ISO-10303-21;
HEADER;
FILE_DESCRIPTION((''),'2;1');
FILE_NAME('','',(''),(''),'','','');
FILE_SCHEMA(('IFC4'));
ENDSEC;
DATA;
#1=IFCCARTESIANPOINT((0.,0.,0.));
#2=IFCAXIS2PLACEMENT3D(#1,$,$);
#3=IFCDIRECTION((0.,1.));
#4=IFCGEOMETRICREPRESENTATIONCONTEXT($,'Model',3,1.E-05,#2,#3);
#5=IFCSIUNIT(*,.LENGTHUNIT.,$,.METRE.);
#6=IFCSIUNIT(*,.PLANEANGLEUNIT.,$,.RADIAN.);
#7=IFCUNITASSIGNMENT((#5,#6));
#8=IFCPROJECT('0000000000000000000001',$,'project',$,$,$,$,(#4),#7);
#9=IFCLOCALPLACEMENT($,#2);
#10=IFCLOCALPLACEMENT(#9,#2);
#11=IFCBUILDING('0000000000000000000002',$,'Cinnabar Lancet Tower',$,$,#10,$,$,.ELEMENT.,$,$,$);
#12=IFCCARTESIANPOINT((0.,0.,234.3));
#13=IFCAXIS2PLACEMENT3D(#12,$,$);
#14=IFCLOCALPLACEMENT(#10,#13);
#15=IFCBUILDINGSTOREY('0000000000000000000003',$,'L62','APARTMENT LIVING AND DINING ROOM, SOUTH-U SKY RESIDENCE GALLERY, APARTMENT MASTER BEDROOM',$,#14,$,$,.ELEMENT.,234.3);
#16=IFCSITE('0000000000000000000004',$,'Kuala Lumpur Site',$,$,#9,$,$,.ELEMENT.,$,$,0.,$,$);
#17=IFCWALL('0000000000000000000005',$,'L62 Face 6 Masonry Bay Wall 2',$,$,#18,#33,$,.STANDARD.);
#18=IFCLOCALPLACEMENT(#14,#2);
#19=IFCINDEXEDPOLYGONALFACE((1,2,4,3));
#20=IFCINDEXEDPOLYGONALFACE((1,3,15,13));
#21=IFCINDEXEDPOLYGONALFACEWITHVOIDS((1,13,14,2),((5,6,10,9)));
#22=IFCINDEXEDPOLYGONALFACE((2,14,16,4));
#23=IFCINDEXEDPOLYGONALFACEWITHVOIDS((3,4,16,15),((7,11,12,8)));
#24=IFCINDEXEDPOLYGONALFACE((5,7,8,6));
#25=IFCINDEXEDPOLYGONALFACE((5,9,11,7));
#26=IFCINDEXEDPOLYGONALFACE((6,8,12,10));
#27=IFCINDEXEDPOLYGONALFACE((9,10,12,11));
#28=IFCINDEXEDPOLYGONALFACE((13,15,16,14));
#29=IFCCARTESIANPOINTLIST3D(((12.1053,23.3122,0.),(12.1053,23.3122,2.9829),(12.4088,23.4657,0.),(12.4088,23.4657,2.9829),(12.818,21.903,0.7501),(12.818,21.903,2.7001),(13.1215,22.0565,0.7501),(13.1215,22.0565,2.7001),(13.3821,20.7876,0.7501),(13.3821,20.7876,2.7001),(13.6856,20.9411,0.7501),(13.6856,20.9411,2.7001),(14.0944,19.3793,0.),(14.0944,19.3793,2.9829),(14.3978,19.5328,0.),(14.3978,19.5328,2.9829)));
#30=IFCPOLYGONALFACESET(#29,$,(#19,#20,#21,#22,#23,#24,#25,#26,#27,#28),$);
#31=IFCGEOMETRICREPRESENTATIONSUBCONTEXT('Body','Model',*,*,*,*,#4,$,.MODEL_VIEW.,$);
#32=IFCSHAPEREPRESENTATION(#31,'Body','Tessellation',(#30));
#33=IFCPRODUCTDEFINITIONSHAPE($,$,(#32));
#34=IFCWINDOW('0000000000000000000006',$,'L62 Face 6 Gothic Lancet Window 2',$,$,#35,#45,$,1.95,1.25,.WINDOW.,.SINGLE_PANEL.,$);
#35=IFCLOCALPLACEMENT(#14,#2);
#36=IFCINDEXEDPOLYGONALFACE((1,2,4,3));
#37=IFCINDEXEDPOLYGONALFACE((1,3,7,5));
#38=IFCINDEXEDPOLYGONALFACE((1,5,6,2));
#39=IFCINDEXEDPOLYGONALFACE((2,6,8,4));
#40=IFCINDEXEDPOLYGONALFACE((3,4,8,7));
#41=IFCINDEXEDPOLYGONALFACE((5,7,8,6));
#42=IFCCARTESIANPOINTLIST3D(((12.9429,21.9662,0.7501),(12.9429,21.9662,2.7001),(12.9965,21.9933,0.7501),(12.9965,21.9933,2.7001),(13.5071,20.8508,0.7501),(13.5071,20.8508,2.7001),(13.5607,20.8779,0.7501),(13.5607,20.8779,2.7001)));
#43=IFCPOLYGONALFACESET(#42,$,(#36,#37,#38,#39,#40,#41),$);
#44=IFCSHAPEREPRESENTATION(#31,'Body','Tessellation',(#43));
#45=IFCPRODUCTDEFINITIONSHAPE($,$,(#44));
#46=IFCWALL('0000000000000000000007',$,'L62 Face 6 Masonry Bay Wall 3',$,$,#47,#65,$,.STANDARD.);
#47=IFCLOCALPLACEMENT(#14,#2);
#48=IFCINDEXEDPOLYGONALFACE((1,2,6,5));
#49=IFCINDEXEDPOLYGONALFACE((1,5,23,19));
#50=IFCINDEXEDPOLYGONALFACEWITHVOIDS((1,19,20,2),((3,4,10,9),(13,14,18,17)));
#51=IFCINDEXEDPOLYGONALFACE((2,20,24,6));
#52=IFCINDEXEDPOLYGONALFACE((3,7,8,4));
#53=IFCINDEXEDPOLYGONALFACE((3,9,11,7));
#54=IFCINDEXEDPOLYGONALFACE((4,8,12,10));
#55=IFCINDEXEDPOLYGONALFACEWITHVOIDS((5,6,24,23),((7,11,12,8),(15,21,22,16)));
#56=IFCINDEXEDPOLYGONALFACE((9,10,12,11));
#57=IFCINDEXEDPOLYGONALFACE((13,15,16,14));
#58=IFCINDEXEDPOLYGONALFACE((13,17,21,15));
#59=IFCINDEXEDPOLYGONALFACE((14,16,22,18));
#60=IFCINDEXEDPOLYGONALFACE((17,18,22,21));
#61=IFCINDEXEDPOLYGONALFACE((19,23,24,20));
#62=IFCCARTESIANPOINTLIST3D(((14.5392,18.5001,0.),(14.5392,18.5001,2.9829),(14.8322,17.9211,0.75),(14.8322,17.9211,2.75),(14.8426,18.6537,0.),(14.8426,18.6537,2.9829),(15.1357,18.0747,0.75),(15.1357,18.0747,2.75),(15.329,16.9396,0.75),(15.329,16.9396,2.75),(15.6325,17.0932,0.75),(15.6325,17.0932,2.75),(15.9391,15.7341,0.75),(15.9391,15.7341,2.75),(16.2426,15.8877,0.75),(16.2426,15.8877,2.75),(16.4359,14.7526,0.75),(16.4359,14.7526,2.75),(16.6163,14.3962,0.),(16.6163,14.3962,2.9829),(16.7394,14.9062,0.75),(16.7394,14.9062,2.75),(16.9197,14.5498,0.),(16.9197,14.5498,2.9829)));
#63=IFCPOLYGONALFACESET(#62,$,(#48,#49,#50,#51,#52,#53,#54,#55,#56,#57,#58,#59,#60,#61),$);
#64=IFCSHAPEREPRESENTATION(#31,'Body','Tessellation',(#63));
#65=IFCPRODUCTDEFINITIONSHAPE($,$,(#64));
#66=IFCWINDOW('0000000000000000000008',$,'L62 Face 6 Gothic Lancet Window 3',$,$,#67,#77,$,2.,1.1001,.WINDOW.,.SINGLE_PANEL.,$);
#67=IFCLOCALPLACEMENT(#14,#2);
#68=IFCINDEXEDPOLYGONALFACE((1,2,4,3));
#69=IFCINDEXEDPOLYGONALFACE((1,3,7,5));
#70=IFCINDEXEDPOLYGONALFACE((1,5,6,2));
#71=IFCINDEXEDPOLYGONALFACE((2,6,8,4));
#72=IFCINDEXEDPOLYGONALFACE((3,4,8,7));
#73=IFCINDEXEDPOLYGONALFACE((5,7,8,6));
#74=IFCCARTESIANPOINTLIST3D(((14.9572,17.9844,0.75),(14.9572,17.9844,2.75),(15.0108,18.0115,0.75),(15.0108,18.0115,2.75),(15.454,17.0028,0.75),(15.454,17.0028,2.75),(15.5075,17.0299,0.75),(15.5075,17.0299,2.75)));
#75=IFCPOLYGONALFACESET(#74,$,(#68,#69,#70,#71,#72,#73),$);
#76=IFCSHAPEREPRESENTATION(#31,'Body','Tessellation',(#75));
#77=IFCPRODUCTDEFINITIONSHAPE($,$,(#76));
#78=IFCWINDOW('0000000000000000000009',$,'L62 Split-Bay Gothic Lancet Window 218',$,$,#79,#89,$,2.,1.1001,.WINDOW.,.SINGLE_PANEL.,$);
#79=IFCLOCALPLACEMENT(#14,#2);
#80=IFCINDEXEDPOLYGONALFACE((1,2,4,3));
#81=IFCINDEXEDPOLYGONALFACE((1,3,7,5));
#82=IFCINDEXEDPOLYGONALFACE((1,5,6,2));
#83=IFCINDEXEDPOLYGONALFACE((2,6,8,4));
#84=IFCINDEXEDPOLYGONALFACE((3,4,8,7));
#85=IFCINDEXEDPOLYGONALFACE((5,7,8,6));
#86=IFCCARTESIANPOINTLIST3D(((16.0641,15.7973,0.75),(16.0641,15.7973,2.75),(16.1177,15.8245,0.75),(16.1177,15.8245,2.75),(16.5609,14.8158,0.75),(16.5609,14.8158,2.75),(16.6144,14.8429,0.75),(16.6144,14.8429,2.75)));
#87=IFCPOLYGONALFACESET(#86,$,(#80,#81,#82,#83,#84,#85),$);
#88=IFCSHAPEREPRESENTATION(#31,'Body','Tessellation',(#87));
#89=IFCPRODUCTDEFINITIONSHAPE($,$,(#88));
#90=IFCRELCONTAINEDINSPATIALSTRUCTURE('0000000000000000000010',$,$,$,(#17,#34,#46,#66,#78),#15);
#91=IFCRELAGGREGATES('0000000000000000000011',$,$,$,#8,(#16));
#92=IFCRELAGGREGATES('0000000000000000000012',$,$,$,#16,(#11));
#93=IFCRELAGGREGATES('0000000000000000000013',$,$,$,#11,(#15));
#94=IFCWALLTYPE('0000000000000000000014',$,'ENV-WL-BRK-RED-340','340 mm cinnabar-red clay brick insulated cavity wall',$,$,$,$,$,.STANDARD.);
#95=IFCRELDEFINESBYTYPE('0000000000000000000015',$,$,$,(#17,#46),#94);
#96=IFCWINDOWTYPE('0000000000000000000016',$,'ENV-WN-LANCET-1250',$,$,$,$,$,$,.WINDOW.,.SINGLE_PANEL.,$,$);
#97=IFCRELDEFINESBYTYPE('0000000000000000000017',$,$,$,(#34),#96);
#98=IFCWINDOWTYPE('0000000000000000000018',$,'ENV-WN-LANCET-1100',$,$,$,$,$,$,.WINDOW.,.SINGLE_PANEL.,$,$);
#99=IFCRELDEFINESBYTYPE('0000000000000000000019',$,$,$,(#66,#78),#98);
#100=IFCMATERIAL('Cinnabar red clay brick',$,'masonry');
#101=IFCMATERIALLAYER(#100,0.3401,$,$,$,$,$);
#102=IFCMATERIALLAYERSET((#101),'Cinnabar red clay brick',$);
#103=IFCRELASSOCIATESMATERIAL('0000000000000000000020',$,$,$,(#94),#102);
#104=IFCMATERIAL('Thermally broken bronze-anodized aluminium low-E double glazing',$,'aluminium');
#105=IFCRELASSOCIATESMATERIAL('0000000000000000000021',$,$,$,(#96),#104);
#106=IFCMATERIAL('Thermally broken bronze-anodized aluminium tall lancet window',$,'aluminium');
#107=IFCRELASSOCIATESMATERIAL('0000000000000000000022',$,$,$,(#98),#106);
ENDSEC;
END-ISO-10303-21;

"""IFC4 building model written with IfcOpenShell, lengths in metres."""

from ifc_helpers import new_model, si_unit, direction, frame, frame_2d, origin, place, context, subcontext, project, spatial, rectangle, extrude, material, layer, layer_set, type_object, element, fill, save


model = new_model("IFC4")

# Units and contexts
model_context = context("Model", 3, precision=1e-05, world=origin(), true_north=direction((0.0, 1.0)))
body_context = subcontext(model_context, "Body", "Model", "MODEL_VIEW")
ifc_project = project(units=[si_unit("LENGTHUNIT", "METRE"), si_unit("PLANEANGLEUNIT", "RADIAN")], contexts=[model_context])

# Site, building, storey
site_placement = place(None, origin())
site = spatial("IfcSite", under=ifc_project, at=site_placement, Name="Kuala Lumpur Site", CompositionType="ELEMENT", RefElevation=0.0)
building_placement = place(site_placement, origin())
building = spatial("IfcBuilding", under=site, at=building_placement, Name="Cinnabar Lancet Tower", CompositionType="ELEMENT")
storey_placement = place(building_placement, frame((0.0, 0.0, 234.3)))
storey = spatial("IfcBuildingStorey", under=building, at=storey_placement, Name="L62", Description="APARTMENT LIVING AND DINING ROOM, SOUTH-U SKY RESIDENCE GALLERY, APARTMENT MASTER BEDROOM", CompositionType="ELEMENT", Elevation=234.3)

# Shared definitions
ifc_material_1 = material(Name="Cinnabar red clay brick", Category="masonry")
ifc_layer_1 = layer(ifc_material_1, 0.3401)
ifc_layer_set_1 = layer_set([ifc_layer_1], Name="Cinnabar red clay brick")
wall_type_1 = type_object("IfcWallType", Name="ENV-WL-BRK-RED-340", Description="340 mm cinnabar-red clay brick insulated cavity wall", PredefinedType="STANDARD", material=ifc_layer_set_1)

# Wall, opening, window
wall_1_placement = place(storey_placement, frame((12.2571, 23.3889, 0.0), z_axis=(0.0, 0.0, 1.0), x_axis=(0.451308, -0.892368, 0.0)))
wall_1 = element("IfcWall", 1, at=wall_1_placement, inside=storey, type_object=wall_type_1, Name="L62 Face 6 Masonry Bay Wall 2", PredefinedType="STANDARD", context=body_context, shape_type="SweptSolid", body=[
    extrude(rectangle(XDim=4.4072, YDim=0.3401, at=frame_2d((2.2036, 0.0))), origin(), (0.0, 0.0, 1.0), 2.9829),
])
opening_1_placement = place(wall_1_placement, frame((1.5791, 0.0, 0.75)))
opening_1 = element("IfcOpeningElement", 2, at=opening_1_placement, cuts=wall_1, PredefinedType="OPENING", context=body_context, shape_type="SweptSolid", body=[
    extrude(rectangle(XDim=1.25, YDim=1.95, at=frame_2d((0.625, 0.9751))), frame((0.0, 0.1799, 0.0), z_axis=(0.0, -1.0, 0.0), x_axis=(1.0, 0.0, 0.0)), (0.0, 0.0, 1.0), 0.3601),
])
ifc_material_2 = material(Name="Thermally broken bronze-anodized aluminium low-E double glazing", Category="aluminium")
window_type_1 = type_object("IfcWindowType", Name="ENV-WN-LANCET-1250", PartitioningType="SINGLE_PANEL", PredefinedType="WINDOW", material=ifc_material_2)
window_1_placement = place(opening_1_placement, origin())
window_1 = element("IfcWindow", 3, at=window_1_placement, inside=storey, type_object=window_type_1, Name="L62 Face 6 Gothic Lancet Window 2", OverallHeight=1.95, OverallWidth=1.25, PartitioningType="SINGLE_PANEL", PredefinedType="WINDOW", context=body_context, shape_type="SweptSolid", body=[
    extrude(rectangle(XDim=1.25, YDim=1.95, at=frame_2d((0.625, 0.9751))), frame((0.0, 0.03, 0.0), z_axis=(0.0, -1.0, 0.0), x_axis=(1.0, 0.0, 0.0)), (0.0, 0.0, 1.0), 0.0601),
])
fill(opening_1, window_1)

# Wall, openings, windows
wall_2_placement = place(storey_placement, frame((14.6909, 18.5769, 0.0), z_axis=(0.0, 0.0, 1.0), x_axis=(0.451582, -0.89223, 0.0)))
wall_2 = element("IfcWall", 4, at=wall_2_placement, inside=storey, type_object=wall_type_1, Name="L62 Face 6 Masonry Bay Wall 3", PredefinedType="STANDARD", context=body_context, shape_type="SweptSolid", body=[
    extrude(rectangle(XDim=4.5996, YDim=0.3401, at=frame_2d((2.2998, 0.0))), origin(), (0.0, 0.0, 1.0), 2.9829),
])
opening_2_placement = place(wall_2_placement, frame((0.6489, 0.0, 0.75)))
opening_2 = element("IfcOpeningElement", 5, at=opening_2_placement, cuts=wall_2, PredefinedType="OPENING", context=body_context, shape_type="SweptSolid", body=[
    extrude(rectangle(XDim=1.1001, YDim=2.0, at=frame_2d((0.55, 1.0))), frame((0.0, 0.1799, 0.0), z_axis=(0.0, -1.0, 0.0), x_axis=(1.0, 0.0, 0.0)), (0.0, 0.0, 1.0), 0.3601),
])
opening_3_placement = place(wall_2_placement, frame((3.1001, 0.0, 0.75)))
opening_3 = element("IfcOpeningElement", 6, at=opening_3_placement, cuts=wall_2, PredefinedType="OPENING", context=body_context, shape_type="SweptSolid", body=[
    extrude(rectangle(XDim=1.1001, YDim=2.0, at=frame_2d((0.55, 1.0))), frame((0.0, 0.1799, 0.0), z_axis=(0.0, -1.0, 0.0), x_axis=(1.0, 0.0, 0.0)), (0.0, 0.0, 1.0), 0.3601),
])
ifc_material_3 = material(Name="Thermally broken bronze-anodized aluminium tall lancet window", Category="aluminium")
window_type_2 = type_object("IfcWindowType", Name="ENV-WN-LANCET-1100", PartitioningType="SINGLE_PANEL", PredefinedType="WINDOW", material=ifc_material_3)
window_2_placement = place(opening_2_placement, origin())
window_2 = element("IfcWindow", 7, at=window_2_placement, inside=storey, type_object=window_type_2, Name="L62 Face 6 Gothic Lancet Window 3", OverallHeight=2.0, OverallWidth=1.1001, PartitioningType="SINGLE_PANEL", PredefinedType="WINDOW", context=body_context, shape_type="SweptSolid", body=[
    extrude(rectangle(XDim=1.1001, YDim=2.0, at=frame_2d((0.55, 1.0))), frame((0.0, 0.03, 0.0), z_axis=(0.0, -1.0, 0.0), x_axis=(1.0, 0.0, 0.0)), (0.0, 0.0, 1.0), 0.0601),
])
fill(opening_2, window_2)
window_3_placement = place(opening_3_placement, origin())
window_3 = element("IfcWindow", 8, at=window_3_placement, inside=storey, type_object=window_type_2, Name="L62 Split-Bay Gothic Lancet Window 218", OverallHeight=2.0, OverallWidth=1.1001, PartitioningType="SINGLE_PANEL", PredefinedType="WINDOW", context=body_context, shape_type="SweptSolid", body=[
    extrude(rectangle(XDim=1.1001, YDim=2.0, at=frame_2d((0.55, 1.0))), frame((0.0, 0.03, 0.0), z_axis=(0.0, -1.0, 0.0), x_axis=(1.0, 0.0, 0.0)), (0.0, 0.0, 1.0), 0.0601),
])
fill(opening_3, window_3)

save(model, "model.ifc")
